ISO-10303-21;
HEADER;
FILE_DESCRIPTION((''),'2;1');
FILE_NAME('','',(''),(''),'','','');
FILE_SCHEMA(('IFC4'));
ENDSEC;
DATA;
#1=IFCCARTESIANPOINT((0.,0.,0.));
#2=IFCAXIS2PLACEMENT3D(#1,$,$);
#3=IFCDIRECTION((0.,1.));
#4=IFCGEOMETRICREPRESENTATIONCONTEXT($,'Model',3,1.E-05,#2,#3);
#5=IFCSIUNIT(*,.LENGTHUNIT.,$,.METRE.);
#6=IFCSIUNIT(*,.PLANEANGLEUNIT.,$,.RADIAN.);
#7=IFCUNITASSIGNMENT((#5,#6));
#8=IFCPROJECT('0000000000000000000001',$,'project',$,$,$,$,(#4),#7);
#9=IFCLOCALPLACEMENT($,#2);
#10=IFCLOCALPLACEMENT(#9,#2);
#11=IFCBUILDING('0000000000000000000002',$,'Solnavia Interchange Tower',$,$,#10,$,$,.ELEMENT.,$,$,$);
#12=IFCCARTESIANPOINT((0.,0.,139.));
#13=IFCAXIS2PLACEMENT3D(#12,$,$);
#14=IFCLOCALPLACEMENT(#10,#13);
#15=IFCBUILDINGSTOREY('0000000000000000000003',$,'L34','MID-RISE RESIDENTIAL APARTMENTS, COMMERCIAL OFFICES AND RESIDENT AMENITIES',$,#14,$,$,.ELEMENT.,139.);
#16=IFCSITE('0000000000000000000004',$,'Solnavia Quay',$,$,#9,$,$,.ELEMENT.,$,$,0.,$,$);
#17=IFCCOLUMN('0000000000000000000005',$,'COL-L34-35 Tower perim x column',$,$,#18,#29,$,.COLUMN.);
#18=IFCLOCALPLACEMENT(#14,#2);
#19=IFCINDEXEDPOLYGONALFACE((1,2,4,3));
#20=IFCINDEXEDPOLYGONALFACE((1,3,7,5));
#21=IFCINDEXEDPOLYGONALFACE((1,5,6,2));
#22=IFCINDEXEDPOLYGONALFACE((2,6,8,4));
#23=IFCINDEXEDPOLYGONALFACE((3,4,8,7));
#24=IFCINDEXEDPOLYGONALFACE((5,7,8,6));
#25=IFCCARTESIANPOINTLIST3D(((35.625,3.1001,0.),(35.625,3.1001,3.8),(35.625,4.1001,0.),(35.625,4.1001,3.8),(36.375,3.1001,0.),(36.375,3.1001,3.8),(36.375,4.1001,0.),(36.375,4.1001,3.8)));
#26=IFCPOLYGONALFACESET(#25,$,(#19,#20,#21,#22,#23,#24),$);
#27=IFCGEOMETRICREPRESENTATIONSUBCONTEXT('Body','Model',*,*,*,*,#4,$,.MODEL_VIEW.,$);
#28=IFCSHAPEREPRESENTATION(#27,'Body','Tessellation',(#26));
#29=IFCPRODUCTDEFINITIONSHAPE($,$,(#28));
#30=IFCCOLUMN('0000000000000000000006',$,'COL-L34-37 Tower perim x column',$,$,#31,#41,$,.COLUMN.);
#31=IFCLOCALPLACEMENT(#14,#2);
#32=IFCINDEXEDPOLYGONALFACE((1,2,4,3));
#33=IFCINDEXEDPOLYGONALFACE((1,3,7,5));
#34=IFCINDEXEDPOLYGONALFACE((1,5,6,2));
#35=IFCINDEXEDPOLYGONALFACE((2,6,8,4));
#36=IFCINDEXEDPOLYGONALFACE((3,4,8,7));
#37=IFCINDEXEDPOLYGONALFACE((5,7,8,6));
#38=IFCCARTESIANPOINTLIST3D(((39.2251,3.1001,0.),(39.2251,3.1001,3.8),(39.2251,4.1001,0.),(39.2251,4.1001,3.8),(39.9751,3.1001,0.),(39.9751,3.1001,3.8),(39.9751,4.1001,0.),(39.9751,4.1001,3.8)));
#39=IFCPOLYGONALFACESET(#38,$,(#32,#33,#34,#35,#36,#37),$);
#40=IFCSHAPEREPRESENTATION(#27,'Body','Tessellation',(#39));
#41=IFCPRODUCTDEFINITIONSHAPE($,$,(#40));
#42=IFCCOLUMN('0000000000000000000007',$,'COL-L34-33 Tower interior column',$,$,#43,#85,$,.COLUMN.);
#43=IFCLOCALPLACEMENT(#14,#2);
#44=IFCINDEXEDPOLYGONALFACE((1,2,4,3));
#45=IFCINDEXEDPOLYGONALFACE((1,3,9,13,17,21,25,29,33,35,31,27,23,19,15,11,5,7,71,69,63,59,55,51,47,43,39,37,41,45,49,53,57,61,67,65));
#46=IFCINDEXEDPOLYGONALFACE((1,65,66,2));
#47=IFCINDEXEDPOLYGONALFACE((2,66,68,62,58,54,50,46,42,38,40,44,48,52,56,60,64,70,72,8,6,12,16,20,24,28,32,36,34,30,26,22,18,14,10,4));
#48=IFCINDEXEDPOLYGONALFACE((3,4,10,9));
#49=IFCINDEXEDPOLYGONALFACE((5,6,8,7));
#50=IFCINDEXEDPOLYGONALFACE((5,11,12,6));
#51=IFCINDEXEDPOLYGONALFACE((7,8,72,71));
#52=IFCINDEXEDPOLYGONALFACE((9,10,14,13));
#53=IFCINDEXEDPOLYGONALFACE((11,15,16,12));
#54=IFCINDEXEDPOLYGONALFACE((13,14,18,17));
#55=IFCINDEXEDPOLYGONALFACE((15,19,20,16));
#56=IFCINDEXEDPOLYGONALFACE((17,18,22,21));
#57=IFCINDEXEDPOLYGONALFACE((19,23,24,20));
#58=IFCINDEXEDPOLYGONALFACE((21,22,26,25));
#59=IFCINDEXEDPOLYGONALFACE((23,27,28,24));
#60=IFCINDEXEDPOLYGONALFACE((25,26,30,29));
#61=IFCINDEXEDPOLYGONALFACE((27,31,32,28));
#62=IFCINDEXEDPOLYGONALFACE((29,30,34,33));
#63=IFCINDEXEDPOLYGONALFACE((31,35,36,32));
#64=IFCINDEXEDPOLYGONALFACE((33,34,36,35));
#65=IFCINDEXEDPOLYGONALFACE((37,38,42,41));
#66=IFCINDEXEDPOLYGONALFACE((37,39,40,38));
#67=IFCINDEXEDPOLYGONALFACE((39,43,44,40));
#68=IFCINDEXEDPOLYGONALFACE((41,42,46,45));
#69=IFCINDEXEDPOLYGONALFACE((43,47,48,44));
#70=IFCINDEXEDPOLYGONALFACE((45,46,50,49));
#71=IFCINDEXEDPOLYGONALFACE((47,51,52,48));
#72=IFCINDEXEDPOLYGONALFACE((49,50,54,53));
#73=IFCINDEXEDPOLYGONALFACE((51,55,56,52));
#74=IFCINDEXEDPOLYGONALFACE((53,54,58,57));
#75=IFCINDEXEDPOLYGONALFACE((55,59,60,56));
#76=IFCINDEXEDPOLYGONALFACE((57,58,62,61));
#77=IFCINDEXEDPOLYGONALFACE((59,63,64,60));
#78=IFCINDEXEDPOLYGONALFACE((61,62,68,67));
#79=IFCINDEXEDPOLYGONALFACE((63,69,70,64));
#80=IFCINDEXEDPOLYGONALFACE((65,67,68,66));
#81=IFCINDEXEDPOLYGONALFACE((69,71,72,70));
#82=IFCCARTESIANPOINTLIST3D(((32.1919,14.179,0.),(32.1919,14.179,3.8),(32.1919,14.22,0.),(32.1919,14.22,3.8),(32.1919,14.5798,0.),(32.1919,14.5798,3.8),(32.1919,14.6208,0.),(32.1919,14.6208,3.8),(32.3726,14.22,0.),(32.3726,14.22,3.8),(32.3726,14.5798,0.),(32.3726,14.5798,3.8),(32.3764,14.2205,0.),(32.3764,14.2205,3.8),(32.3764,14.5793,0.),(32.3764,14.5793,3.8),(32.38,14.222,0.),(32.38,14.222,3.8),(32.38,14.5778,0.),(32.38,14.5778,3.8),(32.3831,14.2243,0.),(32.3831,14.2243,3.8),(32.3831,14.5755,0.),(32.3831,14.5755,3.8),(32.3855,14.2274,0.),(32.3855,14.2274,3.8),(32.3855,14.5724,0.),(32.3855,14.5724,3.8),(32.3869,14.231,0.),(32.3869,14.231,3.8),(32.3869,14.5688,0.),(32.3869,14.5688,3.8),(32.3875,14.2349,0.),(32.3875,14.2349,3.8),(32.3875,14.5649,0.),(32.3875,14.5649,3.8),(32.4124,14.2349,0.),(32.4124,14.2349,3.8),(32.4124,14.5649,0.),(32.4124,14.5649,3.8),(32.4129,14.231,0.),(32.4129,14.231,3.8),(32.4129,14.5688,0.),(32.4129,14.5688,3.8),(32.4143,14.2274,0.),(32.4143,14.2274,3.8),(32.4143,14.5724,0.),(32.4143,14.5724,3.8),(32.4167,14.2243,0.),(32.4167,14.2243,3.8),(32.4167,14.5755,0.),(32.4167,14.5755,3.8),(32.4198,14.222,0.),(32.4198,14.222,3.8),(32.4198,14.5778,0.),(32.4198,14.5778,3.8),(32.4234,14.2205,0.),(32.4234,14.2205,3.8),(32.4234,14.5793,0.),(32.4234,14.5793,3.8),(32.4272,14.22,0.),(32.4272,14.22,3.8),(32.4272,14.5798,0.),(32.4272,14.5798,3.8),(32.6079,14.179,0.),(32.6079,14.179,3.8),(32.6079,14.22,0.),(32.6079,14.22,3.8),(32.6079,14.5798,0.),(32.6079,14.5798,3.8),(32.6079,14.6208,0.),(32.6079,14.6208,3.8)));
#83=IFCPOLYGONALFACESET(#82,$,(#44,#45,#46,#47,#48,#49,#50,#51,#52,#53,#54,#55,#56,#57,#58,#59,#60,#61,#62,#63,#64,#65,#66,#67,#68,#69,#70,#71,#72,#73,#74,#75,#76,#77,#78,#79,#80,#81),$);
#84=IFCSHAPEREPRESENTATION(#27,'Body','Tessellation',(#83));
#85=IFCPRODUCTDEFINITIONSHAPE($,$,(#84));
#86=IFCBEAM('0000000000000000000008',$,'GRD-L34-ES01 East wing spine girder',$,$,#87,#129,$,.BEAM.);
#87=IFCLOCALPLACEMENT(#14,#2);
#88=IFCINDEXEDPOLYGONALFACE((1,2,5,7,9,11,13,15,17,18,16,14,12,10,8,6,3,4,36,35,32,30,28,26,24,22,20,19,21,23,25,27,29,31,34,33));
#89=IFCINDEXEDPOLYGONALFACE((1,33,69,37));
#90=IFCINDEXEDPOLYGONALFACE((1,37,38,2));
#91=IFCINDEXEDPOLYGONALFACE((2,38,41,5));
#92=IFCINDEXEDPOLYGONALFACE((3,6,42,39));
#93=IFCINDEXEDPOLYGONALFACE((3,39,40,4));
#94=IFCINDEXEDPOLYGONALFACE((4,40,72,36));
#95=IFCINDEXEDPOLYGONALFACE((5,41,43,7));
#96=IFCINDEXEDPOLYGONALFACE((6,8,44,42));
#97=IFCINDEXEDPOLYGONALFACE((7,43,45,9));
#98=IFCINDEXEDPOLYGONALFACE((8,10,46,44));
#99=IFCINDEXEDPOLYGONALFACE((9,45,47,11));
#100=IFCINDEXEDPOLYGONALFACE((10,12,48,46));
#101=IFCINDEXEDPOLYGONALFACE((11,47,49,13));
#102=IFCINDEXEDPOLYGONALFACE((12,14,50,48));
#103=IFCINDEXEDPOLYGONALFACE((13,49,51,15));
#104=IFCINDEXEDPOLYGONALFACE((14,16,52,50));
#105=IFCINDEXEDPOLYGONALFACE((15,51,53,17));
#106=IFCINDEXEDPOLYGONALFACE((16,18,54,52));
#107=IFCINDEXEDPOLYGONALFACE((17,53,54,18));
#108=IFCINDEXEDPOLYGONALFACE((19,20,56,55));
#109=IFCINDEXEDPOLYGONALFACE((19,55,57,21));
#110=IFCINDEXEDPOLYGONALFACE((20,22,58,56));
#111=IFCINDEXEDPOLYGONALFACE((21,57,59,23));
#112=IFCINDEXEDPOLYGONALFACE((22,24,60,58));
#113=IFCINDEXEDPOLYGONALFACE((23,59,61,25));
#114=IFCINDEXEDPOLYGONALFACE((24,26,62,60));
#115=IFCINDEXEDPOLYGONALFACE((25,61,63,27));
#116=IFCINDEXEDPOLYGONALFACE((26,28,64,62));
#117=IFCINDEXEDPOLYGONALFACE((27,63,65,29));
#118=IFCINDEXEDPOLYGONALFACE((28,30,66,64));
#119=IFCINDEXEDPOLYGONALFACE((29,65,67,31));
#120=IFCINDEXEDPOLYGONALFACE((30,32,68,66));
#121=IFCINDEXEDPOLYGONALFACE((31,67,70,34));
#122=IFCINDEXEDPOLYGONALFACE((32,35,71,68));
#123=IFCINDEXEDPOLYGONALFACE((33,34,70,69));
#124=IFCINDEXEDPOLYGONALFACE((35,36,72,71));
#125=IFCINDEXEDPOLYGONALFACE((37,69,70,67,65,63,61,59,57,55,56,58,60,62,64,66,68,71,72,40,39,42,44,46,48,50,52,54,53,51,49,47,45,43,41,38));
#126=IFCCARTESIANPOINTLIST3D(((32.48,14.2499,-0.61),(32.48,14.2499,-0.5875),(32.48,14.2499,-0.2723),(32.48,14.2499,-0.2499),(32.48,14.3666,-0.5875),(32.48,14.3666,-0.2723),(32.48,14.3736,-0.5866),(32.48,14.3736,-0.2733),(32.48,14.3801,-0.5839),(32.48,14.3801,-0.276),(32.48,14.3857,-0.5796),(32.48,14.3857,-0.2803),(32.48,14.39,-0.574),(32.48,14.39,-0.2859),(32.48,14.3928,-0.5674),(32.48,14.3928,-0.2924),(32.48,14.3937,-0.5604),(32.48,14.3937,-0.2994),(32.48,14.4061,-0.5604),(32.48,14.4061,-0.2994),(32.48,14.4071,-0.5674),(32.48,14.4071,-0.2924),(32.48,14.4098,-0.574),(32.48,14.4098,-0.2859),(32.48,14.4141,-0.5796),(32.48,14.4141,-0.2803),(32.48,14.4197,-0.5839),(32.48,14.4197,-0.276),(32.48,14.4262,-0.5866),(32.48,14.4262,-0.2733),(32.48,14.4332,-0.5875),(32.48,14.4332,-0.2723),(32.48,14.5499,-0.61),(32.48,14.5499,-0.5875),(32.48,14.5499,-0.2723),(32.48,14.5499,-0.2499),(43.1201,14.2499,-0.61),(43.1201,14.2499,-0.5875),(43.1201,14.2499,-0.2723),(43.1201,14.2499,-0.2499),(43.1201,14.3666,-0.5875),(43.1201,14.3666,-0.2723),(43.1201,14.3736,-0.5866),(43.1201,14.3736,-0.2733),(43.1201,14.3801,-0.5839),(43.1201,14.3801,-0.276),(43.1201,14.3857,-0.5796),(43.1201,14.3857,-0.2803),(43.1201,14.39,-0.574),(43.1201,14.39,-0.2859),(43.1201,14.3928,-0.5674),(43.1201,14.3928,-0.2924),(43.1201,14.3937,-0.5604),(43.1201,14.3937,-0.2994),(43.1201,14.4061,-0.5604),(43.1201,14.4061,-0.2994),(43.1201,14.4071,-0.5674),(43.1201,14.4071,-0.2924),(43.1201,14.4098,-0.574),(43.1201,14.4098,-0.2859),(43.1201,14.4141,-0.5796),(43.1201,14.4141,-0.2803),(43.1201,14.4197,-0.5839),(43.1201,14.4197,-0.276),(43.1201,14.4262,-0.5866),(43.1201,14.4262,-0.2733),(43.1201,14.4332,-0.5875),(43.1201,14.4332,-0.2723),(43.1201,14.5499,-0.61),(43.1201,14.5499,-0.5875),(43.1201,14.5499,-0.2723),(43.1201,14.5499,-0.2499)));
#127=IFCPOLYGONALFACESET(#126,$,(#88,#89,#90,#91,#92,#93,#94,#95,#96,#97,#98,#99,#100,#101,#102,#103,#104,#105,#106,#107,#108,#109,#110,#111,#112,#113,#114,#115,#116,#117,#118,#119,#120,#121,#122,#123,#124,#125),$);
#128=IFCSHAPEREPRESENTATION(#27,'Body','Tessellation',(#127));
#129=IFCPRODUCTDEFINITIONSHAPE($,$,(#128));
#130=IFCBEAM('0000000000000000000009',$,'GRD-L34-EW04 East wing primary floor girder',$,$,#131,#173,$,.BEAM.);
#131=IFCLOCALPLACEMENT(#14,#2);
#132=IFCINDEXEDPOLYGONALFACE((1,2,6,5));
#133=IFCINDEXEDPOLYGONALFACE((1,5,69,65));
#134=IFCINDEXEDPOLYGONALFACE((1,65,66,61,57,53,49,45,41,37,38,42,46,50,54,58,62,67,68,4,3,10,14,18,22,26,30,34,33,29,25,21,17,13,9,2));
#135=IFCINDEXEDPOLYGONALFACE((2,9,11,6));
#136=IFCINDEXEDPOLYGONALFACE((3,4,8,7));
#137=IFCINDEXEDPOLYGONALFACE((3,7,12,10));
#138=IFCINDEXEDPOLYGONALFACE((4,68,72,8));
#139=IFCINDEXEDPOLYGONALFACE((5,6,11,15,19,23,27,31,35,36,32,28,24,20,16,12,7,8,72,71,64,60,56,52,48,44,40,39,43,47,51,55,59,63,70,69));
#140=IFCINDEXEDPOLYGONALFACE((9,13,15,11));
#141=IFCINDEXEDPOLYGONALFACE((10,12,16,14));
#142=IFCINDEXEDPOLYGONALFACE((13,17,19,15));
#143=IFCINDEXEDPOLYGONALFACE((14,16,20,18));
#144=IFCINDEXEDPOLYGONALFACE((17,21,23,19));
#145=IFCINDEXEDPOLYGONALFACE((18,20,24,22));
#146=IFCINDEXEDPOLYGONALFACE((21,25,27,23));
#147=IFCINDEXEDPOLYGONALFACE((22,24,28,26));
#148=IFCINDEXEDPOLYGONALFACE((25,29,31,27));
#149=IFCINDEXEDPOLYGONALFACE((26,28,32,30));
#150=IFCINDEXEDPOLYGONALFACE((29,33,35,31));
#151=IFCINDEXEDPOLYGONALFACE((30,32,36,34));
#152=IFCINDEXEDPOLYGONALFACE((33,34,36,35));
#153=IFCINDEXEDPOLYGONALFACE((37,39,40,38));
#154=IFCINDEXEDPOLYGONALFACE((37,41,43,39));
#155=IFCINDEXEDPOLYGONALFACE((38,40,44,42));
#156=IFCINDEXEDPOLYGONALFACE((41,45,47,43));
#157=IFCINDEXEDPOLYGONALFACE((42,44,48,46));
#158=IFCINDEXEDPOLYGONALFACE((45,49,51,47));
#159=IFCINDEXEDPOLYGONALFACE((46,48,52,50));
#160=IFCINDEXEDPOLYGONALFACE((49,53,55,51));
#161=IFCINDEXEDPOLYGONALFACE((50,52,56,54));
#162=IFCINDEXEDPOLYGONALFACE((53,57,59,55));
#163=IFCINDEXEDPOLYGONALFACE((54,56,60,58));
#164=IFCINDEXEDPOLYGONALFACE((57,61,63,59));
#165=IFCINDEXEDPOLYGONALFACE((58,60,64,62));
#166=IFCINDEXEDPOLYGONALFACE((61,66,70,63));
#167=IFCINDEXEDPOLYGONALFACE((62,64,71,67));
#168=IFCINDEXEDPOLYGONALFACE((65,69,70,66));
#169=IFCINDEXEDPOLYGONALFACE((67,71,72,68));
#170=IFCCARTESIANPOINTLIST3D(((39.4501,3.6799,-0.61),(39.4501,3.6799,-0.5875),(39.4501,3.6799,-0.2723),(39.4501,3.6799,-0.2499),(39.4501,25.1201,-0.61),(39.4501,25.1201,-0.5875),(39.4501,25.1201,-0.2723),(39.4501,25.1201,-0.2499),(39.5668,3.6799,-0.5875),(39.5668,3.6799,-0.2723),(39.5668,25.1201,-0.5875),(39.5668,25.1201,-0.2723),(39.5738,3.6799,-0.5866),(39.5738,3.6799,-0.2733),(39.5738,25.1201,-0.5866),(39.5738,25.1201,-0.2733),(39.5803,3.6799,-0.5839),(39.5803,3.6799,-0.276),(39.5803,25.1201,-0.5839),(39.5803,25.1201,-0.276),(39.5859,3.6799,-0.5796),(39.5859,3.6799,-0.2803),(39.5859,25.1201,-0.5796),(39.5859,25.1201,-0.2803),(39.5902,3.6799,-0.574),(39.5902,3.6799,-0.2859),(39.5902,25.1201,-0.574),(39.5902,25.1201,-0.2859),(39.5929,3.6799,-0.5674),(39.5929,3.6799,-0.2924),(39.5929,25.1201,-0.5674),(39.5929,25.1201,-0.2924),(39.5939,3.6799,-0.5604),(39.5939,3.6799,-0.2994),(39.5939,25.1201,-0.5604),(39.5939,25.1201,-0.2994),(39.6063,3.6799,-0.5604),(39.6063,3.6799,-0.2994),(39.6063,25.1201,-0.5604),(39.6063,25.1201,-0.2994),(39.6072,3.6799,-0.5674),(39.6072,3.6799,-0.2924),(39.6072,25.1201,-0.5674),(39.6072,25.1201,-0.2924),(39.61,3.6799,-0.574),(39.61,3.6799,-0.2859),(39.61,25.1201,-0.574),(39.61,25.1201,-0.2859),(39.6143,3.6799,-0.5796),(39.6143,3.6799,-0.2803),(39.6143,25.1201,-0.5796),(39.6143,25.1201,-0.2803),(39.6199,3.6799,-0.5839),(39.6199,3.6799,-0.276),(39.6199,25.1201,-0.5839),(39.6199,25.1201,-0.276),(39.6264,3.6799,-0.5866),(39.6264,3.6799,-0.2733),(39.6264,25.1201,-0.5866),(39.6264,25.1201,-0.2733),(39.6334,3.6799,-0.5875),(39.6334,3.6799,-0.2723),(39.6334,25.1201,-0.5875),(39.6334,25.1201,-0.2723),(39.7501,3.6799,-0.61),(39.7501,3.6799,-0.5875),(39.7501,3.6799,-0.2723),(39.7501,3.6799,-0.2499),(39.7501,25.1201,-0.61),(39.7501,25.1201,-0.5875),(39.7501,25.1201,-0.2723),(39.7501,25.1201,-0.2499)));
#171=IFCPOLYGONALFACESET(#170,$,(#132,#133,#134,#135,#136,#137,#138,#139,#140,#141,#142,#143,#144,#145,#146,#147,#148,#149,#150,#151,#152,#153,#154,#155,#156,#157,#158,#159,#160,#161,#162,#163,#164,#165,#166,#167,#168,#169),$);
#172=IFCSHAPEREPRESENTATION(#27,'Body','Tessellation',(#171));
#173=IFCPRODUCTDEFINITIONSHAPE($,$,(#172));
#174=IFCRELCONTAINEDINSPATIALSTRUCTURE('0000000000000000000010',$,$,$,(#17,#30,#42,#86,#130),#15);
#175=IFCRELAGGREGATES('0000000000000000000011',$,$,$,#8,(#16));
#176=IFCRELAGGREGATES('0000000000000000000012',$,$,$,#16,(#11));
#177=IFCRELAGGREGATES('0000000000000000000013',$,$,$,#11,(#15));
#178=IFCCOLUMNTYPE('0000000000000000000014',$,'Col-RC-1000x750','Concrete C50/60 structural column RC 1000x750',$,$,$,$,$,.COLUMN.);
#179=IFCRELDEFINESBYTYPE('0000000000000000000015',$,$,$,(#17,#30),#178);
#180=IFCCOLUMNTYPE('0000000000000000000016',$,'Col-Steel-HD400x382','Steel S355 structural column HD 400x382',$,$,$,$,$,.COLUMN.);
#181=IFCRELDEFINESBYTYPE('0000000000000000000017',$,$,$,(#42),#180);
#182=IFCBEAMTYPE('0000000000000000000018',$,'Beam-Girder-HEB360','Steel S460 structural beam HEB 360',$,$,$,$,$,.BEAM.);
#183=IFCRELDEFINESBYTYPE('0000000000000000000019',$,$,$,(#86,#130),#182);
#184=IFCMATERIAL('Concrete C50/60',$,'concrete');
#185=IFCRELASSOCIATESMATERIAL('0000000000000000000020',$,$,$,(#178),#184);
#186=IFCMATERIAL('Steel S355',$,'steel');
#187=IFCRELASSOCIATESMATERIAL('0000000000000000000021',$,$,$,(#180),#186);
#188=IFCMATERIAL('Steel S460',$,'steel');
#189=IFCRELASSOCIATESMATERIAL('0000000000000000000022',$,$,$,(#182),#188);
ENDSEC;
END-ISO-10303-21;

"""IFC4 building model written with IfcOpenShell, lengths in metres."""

from ifc_helpers import new_model, si_unit, direction, frame, origin, origin_2d, place, context, subcontext, project, spatial, rectangle, i_section, extrude, material, material_profile, profile_set, type_object, element, save


model = new_model("IFC4")

# Units and contexts
model_context = context("Model", 3, precision=1e-05, world=origin(), true_north=direction((0.0, 1.0)))
body_context = subcontext(model_context, "Body", "Model", "MODEL_VIEW")
ifc_project = project(units=[si_unit("LENGTHUNIT", "METRE"), si_unit("PLANEANGLEUNIT", "RADIAN")], contexts=[model_context])

# Site, building, storey
site_placement = place(None, origin())
site = spatial("IfcSite", under=ifc_project, at=site_placement, Name="Solnavia Quay", CompositionType="ELEMENT", RefElevation=0.0)
building_placement = place(site_placement, origin())
building = spatial("IfcBuilding", under=site, at=building_placement, Name="Solnavia Interchange Tower", CompositionType="ELEMENT")
storey_placement = place(building_placement, frame((0.0, 0.0, 139.0)))
storey = spatial("IfcBuildingStorey", under=building, at=storey_placement, Name="L34", Description="MID-RISE RESIDENTIAL APARTMENTS, COMMERCIAL OFFICES AND RESIDENT AMENITIES", CompositionType="ELEMENT", Elevation=139.0)

# Columns
ifc_material_1 = material(Name="Concrete C50/60", Category="concrete")
ifc_material_profile_1 = material_profile(ifc_material_1, rectangle(XDim=0.75, YDim=1.0, at=origin_2d()), Name="RC 1000x750")
ifc_profile_set_1 = profile_set([ifc_material_profile_1], Name="Concrete C50/60")
column_type_1 = type_object("IfcColumnType", Name="Col-RC-1000x750", Description="Concrete C50/60 structural column RC 1000x750", PredefinedType="COLUMN", material=ifc_profile_set_1)
for number, where, z_axis, x_axis, name in (
    (1, (36.0, 3.6001, 0.0), (0.0, 0.0, 1.0), (1.0, 0.0, 0.0), "COL-L34-35 Tower perim x column"),
    (2, (39.6001, 3.6001, 0.0), (0.0, 0.0, 1.0), (1.0, 0.0, 0.0), "COL-L34-37 Tower perim x column"),
):
    element("IfcColumn", number, at=place(storey_placement, frame(where, z_axis=z_axis, x_axis=x_axis)), inside=storey, type_object=column_type_1, Name=name, PredefinedType="COLUMN", context=body_context, shape_type="SweptSolid", body=[
        extrude(rectangle(XDim=0.75, YDim=1.0, at=origin_2d()), origin(), (0.0, 0.0, 1.0), 3.8),
    ])
ifc_material_2 = material(Name="Steel S355", Category="steel")
ifc_material_profile_2 = material_profile(ifc_material_2, i_section(OverallWidth=0.416, OverallDepth=0.4419, WebThickness=0.0249, FlangeThickness=0.041, FilletRadius=0.0149, at=origin_2d()), Name="HD 400x382")
ifc_profile_set_2 = profile_set([ifc_material_profile_2], Name="Steel S355")
column_type_2 = type_object("IfcColumnType", Name="Col-Steel-HD400x382", Description="Steel S355 structural column HD 400x382", PredefinedType="COLUMN", material=ifc_profile_set_2)
column_placement = place(storey_placement, frame((32.3999, 14.3999, 0.0), z_axis=(0.0, 0.0, 1.0), x_axis=(1.0, 0.0, 0.0)))
element("IfcColumn", 3, at=column_placement, inside=storey, type_object=column_type_2, Name="COL-L34-33 Tower interior column", PredefinedType="COLUMN", context=body_context, shape_type="SweptSolid", body=[
    extrude(i_section(OverallWidth=0.416, OverallDepth=0.4419, WebThickness=0.0249, FlangeThickness=0.041, FilletRadius=0.0149, at=origin_2d()), origin(), (0.0, 0.0, 1.0), 3.8),
])

# Beams
ifc_material_3 = material(Name="Steel S460", Category="steel")
ifc_material_profile_3 = material_profile(ifc_material_3, i_section(OverallWidth=0.3, OverallDepth=0.3601, WebThickness=0.0125, FlangeThickness=0.0225, FilletRadius=0.0271, at=origin_2d()), Name="HEB 360")
ifc_profile_set_3 = profile_set([ifc_material_profile_3], Name="Steel S460")
beam_type_1 = type_object("IfcBeamType", Name="Beam-Girder-HEB360", Description="Steel S460 structural beam HEB 360", PredefinedType="BEAM", material=ifc_profile_set_3)
beam_1_placement = place(storey_placement, frame((32.48, 14.3999, -0.4299), z_axis=(1.0, 0.0, 0.0), x_axis=(0.0, 1.0, 0.0)))
element("IfcBeam", 4, at=beam_1_placement, inside=storey, type_object=beam_type_1, Name="GRD-L34-ES01 East wing spine girder", PredefinedType="BEAM", context=body_context, shape_type="SweptSolid", body=[
    extrude(i_section(OverallWidth=0.3, OverallDepth=0.3601, WebThickness=0.0125, FlangeThickness=0.0225, FilletRadius=0.0271, at=origin_2d()), origin(), (0.0, 0.0, 1.0), 10.6401),
])
beam_2_placement = place(storey_placement, frame((39.6001, 3.6799, -0.4299), z_axis=(0.0, 1.0, 0.0), x_axis=(-1.0, 0.0, 0.0)))
element("IfcBeam", 5, at=beam_2_placement, inside=storey, type_object=beam_type_1, Name="GRD-L34-EW04 East wing primary floor girder", PredefinedType="BEAM", context=body_context, shape_type="SweptSolid", body=[
    extrude(i_section(OverallWidth=0.3, OverallDepth=0.3601, WebThickness=0.0125, FlangeThickness=0.0225, FilletRadius=0.0271, at=origin_2d()), origin(), (0.0, 0.0, 1.0), 21.4402),
])

save(model, "model.ifc")
